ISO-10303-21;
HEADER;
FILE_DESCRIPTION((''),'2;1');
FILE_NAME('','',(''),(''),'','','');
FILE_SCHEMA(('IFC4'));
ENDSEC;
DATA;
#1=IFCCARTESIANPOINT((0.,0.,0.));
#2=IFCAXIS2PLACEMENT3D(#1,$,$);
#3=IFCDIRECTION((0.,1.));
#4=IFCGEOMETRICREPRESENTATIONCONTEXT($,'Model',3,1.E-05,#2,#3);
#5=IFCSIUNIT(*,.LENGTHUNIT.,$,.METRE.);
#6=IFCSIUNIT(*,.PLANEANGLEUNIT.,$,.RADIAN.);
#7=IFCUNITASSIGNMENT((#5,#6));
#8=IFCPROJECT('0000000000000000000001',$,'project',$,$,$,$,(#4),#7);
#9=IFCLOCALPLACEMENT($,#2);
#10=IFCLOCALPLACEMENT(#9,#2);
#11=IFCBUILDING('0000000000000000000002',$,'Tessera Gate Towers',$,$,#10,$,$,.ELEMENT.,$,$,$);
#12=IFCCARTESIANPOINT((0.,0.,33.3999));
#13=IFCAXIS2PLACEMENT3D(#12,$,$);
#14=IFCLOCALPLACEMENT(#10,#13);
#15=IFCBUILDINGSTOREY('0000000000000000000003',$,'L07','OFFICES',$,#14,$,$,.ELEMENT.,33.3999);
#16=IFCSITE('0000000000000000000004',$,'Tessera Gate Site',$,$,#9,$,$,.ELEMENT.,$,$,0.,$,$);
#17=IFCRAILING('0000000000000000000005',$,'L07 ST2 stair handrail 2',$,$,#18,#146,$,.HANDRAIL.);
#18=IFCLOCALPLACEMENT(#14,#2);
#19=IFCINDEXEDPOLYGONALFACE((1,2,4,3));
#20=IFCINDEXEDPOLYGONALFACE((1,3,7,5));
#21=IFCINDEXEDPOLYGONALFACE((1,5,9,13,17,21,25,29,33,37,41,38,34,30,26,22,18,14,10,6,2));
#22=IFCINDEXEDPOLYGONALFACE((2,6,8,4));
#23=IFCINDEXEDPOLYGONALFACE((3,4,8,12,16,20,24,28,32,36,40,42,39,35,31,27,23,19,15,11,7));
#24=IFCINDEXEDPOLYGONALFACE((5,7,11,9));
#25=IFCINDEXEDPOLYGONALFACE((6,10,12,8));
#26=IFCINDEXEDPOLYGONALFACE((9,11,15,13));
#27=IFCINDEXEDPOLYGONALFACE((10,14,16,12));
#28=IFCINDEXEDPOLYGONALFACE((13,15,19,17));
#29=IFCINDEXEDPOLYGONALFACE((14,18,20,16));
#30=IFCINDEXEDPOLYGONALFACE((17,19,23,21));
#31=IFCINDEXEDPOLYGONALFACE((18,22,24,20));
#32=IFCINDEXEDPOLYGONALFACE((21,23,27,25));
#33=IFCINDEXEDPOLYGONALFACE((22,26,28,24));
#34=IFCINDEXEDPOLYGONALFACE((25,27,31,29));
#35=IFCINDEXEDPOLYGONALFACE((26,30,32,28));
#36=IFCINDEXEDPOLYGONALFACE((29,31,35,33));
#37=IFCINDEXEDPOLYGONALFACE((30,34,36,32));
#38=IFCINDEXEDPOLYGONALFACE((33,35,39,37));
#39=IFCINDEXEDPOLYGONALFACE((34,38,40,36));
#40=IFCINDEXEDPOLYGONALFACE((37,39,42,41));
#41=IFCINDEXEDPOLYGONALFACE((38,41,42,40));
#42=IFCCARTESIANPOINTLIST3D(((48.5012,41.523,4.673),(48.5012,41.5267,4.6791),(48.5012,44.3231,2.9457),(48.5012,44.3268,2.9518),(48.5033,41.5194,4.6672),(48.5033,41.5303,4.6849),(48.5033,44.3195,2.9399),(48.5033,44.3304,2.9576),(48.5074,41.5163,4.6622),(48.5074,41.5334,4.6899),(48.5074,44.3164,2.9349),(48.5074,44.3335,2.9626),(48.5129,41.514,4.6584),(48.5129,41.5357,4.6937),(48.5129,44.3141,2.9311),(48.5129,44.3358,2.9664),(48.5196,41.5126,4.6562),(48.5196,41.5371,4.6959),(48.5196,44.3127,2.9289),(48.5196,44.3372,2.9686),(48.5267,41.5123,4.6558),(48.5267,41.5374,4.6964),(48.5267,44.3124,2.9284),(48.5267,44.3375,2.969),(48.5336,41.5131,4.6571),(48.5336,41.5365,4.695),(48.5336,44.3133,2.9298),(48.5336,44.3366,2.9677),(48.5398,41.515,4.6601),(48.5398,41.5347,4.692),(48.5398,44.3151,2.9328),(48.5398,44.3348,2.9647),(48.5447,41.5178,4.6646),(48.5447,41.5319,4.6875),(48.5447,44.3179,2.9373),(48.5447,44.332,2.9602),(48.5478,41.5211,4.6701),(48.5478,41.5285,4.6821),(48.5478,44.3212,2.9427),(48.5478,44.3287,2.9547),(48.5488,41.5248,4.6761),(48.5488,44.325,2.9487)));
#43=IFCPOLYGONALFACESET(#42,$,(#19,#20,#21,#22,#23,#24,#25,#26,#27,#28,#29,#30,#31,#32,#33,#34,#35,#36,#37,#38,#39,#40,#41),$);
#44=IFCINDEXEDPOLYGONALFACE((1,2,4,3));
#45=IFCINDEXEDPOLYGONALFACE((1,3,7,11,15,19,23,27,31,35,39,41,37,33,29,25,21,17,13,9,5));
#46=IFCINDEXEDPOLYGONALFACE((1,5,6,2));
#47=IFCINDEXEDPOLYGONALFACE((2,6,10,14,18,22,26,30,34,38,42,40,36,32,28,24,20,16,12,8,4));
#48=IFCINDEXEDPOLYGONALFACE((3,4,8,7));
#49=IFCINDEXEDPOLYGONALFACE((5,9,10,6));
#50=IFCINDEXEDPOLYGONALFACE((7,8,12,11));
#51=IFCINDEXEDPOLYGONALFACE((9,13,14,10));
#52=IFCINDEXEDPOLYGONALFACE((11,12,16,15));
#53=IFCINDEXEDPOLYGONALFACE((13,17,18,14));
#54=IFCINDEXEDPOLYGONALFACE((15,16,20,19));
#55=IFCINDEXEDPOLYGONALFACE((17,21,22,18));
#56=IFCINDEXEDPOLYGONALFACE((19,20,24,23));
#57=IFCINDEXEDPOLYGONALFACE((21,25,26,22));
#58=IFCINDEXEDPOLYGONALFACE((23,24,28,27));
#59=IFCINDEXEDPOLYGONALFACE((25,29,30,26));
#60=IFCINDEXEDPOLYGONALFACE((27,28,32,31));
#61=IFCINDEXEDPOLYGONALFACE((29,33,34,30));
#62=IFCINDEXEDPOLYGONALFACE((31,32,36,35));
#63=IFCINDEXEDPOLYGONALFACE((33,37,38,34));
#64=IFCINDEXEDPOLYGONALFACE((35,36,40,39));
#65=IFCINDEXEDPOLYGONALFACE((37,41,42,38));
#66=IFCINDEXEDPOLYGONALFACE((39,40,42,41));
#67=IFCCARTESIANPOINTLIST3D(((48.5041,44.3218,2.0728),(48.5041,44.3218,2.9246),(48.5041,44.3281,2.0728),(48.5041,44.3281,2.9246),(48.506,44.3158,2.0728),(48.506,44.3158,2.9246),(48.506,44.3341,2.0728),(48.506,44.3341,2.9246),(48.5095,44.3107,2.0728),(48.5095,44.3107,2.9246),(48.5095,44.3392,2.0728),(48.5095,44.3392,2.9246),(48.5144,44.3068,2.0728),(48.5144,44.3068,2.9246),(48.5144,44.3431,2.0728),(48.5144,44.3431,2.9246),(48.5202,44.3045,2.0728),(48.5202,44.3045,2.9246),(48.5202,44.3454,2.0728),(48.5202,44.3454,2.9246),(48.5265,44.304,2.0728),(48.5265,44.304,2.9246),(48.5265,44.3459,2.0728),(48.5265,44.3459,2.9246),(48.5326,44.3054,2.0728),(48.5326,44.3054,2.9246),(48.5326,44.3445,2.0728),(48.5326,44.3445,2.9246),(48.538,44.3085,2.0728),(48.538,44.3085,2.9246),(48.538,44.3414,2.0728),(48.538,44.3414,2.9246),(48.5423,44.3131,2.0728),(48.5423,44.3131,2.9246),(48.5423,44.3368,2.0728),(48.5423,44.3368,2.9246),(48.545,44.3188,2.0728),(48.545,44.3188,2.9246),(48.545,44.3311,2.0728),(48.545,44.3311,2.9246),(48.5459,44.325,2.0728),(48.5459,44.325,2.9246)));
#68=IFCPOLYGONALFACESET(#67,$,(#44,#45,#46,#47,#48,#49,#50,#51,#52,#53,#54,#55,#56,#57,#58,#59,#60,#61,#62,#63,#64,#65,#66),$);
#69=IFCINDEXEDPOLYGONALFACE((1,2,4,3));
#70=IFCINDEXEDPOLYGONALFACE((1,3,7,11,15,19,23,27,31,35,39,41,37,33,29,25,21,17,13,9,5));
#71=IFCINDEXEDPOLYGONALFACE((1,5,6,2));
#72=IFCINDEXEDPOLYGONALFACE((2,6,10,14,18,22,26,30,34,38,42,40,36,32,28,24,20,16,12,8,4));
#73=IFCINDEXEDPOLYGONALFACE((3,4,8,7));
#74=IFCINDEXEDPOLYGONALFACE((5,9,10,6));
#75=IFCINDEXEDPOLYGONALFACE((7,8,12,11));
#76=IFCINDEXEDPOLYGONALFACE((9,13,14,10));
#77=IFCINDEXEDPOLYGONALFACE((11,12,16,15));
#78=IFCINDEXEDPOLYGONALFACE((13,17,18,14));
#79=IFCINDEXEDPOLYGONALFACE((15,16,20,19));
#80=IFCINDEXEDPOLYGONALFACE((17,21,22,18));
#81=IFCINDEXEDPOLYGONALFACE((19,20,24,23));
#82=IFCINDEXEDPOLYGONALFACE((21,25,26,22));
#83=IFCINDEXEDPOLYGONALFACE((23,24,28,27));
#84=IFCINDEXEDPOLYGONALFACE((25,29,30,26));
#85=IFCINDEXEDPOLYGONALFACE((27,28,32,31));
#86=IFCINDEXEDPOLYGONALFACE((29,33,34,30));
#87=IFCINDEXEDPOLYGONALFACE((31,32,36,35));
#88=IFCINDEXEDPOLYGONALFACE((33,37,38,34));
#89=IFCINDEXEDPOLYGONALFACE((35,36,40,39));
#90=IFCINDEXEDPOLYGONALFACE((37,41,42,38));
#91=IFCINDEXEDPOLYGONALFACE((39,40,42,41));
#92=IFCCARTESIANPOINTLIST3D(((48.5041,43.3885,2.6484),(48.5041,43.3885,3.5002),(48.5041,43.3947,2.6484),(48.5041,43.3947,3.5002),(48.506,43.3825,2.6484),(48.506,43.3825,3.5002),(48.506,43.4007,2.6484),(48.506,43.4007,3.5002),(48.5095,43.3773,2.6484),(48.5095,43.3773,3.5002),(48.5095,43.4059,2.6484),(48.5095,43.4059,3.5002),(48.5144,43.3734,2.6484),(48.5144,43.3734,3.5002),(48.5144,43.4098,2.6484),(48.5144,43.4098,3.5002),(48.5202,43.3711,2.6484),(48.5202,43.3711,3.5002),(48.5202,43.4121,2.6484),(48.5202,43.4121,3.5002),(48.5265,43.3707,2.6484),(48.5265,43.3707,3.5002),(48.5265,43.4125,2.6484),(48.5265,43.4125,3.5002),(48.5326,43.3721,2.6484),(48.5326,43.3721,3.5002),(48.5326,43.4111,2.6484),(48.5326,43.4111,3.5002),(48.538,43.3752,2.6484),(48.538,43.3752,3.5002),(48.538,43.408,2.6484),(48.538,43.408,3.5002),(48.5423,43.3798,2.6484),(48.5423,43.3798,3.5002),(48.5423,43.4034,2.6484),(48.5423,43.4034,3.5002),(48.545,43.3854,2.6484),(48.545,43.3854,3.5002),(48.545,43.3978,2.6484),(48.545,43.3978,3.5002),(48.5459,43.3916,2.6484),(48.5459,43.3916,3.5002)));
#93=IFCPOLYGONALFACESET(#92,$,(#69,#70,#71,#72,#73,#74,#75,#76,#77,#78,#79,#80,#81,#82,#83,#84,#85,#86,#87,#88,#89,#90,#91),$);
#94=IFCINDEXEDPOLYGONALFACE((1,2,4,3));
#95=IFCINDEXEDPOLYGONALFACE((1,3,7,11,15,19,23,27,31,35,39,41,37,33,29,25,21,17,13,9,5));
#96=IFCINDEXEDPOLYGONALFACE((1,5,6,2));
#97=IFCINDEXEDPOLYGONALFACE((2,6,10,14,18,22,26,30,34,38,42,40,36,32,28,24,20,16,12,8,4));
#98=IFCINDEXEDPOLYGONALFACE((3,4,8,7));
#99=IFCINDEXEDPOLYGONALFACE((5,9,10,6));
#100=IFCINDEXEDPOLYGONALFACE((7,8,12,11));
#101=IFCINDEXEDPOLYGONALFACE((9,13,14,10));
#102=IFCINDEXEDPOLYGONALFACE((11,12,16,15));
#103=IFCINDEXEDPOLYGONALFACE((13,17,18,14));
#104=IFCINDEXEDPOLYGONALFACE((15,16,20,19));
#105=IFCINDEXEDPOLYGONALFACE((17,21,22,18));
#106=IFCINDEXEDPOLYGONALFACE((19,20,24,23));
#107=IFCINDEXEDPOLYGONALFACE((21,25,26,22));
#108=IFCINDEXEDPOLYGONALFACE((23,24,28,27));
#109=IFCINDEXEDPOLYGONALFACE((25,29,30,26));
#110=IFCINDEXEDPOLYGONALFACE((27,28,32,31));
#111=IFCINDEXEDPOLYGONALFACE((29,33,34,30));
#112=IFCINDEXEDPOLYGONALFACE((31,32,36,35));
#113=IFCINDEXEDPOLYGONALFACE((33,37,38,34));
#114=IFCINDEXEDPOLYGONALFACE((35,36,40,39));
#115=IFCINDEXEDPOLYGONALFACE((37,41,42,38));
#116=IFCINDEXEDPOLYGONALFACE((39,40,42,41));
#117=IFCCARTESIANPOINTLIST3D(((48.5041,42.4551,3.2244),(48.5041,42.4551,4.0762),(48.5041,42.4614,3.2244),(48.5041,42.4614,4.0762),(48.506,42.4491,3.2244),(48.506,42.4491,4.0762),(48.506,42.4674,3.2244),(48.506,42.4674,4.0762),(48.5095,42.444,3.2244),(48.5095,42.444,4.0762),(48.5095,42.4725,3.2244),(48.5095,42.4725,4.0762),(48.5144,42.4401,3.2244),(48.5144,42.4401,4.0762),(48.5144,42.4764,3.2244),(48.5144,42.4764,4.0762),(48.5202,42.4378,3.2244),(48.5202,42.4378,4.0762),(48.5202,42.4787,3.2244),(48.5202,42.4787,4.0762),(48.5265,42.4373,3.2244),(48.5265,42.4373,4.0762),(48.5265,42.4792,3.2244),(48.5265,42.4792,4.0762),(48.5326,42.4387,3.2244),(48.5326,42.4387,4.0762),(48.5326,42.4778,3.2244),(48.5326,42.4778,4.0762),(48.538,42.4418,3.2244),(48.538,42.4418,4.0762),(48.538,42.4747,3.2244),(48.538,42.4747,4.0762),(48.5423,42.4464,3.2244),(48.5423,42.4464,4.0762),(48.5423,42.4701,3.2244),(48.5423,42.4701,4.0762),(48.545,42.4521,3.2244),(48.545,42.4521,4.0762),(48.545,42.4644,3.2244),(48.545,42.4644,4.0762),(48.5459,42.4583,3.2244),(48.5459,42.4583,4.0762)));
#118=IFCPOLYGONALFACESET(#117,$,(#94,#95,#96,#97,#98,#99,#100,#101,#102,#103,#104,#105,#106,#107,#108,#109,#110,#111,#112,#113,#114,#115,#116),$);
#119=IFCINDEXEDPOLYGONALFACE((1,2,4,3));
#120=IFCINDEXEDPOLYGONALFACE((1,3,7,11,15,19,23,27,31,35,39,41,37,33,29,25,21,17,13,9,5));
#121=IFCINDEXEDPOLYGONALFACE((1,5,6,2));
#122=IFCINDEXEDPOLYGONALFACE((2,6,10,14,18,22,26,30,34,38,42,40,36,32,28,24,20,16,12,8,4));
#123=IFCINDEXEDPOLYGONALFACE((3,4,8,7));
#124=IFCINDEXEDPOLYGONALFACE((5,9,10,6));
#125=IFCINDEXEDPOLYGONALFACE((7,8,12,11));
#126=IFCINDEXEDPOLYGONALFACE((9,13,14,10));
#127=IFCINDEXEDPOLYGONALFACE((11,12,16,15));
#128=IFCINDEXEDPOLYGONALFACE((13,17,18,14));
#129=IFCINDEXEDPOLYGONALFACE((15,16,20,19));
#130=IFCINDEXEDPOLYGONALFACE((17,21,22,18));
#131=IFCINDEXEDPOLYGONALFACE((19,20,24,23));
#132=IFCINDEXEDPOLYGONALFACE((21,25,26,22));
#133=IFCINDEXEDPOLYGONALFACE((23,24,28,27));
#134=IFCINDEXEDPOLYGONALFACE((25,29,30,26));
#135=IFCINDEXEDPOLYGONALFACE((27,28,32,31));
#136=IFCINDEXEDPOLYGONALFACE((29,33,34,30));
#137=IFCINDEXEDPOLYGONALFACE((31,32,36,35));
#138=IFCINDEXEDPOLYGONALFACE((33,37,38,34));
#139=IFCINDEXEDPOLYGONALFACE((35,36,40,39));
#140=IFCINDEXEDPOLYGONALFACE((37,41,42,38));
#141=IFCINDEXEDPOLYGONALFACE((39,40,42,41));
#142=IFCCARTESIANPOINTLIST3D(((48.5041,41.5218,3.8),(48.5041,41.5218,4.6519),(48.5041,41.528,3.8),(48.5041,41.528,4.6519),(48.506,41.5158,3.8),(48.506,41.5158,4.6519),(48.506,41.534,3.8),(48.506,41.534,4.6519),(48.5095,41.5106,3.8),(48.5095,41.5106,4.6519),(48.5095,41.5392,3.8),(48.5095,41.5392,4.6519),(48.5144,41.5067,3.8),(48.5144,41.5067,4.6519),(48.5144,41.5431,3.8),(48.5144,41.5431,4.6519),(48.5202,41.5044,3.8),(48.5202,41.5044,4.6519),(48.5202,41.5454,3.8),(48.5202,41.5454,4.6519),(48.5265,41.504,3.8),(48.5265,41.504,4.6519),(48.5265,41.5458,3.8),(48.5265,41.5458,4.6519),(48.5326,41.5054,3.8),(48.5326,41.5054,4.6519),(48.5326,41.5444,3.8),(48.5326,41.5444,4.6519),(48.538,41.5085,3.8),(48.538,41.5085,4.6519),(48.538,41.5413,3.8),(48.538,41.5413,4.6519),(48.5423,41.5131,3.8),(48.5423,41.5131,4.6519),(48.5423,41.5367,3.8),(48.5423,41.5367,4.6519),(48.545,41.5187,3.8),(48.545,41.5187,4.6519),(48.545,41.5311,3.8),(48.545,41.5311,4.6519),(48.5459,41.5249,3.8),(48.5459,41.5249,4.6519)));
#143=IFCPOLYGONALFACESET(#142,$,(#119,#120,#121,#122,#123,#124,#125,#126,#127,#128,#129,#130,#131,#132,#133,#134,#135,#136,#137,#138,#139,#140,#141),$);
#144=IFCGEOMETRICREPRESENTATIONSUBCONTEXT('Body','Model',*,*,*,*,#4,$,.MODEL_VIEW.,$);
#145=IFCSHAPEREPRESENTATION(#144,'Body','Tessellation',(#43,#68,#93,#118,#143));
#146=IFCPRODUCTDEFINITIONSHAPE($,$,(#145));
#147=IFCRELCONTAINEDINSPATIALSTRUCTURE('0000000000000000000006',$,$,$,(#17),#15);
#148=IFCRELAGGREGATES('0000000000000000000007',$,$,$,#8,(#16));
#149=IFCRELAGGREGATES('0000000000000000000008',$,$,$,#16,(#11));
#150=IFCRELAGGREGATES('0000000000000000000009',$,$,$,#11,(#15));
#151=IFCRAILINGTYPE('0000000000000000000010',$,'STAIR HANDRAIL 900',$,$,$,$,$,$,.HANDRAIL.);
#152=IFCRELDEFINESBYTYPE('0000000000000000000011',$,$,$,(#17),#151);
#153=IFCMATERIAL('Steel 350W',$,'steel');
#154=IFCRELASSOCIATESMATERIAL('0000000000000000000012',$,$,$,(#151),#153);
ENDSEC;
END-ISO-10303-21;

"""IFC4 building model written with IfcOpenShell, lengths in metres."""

from ifc_helpers import new_model, si_unit, direction, frame, origin, origin_2d, place, context, subcontext, project, spatial, circle, extrude, material, type_object, element, save


model = new_model("IFC4")

# Units and contexts
model_context = context("Model", 3, precision=1e-05, world=origin(), true_north=direction((0.0, 1.0)))
body_context = subcontext(model_context, "Body", "Model", "MODEL_VIEW")
ifc_project = project(units=[si_unit("LENGTHUNIT", "METRE"), si_unit("PLANEANGLEUNIT", "RADIAN")], contexts=[model_context])

# Site, building, storey
site_placement = place(None, origin())
site = spatial("IfcSite", under=ifc_project, at=site_placement, Name="Tessera Gate Site", CompositionType="ELEMENT", RefElevation=0.0)
building_placement = place(site_placement, origin())
building = spatial("IfcBuilding", under=site, at=building_placement, Name="Tessera Gate Towers", CompositionType="ELEMENT")
storey_placement = place(building_placement, frame((0.0, 0.0, 33.3999)))
storey = spatial("IfcBuildingStorey", under=building, at=storey_placement, Name="L07", Description="OFFICES", CompositionType="ELEMENT", Elevation=33.3999)

# Railing
ifc_material_1 = material(Name="Steel 350W", Category="steel")
railing_type_1 = type_object("IfcRailingType", Name="STAIR HANDRAIL 900", PredefinedType="HANDRAIL", material=ifc_material_1)
railing_1_placement = place(storey_placement, frame((48.5249, 44.325, 2.0728)))
element("IfcRailing", 1, at=railing_1_placement, inside=storey, type_object=railing_type_1, Name="L07 ST2 stair handrail 2", PredefinedType="HANDRAIL", context=body_context, shape_type="SweptSolid", body=[
    extrude(circle(Radius=0.0239, at=origin_2d()), frame((0.0, 0.0, 0.876), z_axis=(0.0, -0.85109, 0.52502), x_axis=(1.0, 0.0, 0.0)), (0.0, 0.0, 1.0), 3.29),
    extrude(circle(Radius=0.021, at=origin_2d()), origin(), (0.0, 0.0, 1.0), 0.8518),
    extrude(circle(Radius=0.021, at=origin_2d()), frame((0.0, -0.9333, 0.5757)), (0.0, 0.0, 1.0), 0.8518),
    extrude(circle(Radius=0.021, at=origin_2d()), frame((0.0, -1.8667, 1.1516)), (0.0, 0.0, 1.0), 0.8518),
    extrude(circle(Radius=0.021, at=origin_2d()), frame((0.0, -2.8, 1.7273)), (0.0, 0.0, 1.0), 0.8518),
])

save(model, "model.ifc")
